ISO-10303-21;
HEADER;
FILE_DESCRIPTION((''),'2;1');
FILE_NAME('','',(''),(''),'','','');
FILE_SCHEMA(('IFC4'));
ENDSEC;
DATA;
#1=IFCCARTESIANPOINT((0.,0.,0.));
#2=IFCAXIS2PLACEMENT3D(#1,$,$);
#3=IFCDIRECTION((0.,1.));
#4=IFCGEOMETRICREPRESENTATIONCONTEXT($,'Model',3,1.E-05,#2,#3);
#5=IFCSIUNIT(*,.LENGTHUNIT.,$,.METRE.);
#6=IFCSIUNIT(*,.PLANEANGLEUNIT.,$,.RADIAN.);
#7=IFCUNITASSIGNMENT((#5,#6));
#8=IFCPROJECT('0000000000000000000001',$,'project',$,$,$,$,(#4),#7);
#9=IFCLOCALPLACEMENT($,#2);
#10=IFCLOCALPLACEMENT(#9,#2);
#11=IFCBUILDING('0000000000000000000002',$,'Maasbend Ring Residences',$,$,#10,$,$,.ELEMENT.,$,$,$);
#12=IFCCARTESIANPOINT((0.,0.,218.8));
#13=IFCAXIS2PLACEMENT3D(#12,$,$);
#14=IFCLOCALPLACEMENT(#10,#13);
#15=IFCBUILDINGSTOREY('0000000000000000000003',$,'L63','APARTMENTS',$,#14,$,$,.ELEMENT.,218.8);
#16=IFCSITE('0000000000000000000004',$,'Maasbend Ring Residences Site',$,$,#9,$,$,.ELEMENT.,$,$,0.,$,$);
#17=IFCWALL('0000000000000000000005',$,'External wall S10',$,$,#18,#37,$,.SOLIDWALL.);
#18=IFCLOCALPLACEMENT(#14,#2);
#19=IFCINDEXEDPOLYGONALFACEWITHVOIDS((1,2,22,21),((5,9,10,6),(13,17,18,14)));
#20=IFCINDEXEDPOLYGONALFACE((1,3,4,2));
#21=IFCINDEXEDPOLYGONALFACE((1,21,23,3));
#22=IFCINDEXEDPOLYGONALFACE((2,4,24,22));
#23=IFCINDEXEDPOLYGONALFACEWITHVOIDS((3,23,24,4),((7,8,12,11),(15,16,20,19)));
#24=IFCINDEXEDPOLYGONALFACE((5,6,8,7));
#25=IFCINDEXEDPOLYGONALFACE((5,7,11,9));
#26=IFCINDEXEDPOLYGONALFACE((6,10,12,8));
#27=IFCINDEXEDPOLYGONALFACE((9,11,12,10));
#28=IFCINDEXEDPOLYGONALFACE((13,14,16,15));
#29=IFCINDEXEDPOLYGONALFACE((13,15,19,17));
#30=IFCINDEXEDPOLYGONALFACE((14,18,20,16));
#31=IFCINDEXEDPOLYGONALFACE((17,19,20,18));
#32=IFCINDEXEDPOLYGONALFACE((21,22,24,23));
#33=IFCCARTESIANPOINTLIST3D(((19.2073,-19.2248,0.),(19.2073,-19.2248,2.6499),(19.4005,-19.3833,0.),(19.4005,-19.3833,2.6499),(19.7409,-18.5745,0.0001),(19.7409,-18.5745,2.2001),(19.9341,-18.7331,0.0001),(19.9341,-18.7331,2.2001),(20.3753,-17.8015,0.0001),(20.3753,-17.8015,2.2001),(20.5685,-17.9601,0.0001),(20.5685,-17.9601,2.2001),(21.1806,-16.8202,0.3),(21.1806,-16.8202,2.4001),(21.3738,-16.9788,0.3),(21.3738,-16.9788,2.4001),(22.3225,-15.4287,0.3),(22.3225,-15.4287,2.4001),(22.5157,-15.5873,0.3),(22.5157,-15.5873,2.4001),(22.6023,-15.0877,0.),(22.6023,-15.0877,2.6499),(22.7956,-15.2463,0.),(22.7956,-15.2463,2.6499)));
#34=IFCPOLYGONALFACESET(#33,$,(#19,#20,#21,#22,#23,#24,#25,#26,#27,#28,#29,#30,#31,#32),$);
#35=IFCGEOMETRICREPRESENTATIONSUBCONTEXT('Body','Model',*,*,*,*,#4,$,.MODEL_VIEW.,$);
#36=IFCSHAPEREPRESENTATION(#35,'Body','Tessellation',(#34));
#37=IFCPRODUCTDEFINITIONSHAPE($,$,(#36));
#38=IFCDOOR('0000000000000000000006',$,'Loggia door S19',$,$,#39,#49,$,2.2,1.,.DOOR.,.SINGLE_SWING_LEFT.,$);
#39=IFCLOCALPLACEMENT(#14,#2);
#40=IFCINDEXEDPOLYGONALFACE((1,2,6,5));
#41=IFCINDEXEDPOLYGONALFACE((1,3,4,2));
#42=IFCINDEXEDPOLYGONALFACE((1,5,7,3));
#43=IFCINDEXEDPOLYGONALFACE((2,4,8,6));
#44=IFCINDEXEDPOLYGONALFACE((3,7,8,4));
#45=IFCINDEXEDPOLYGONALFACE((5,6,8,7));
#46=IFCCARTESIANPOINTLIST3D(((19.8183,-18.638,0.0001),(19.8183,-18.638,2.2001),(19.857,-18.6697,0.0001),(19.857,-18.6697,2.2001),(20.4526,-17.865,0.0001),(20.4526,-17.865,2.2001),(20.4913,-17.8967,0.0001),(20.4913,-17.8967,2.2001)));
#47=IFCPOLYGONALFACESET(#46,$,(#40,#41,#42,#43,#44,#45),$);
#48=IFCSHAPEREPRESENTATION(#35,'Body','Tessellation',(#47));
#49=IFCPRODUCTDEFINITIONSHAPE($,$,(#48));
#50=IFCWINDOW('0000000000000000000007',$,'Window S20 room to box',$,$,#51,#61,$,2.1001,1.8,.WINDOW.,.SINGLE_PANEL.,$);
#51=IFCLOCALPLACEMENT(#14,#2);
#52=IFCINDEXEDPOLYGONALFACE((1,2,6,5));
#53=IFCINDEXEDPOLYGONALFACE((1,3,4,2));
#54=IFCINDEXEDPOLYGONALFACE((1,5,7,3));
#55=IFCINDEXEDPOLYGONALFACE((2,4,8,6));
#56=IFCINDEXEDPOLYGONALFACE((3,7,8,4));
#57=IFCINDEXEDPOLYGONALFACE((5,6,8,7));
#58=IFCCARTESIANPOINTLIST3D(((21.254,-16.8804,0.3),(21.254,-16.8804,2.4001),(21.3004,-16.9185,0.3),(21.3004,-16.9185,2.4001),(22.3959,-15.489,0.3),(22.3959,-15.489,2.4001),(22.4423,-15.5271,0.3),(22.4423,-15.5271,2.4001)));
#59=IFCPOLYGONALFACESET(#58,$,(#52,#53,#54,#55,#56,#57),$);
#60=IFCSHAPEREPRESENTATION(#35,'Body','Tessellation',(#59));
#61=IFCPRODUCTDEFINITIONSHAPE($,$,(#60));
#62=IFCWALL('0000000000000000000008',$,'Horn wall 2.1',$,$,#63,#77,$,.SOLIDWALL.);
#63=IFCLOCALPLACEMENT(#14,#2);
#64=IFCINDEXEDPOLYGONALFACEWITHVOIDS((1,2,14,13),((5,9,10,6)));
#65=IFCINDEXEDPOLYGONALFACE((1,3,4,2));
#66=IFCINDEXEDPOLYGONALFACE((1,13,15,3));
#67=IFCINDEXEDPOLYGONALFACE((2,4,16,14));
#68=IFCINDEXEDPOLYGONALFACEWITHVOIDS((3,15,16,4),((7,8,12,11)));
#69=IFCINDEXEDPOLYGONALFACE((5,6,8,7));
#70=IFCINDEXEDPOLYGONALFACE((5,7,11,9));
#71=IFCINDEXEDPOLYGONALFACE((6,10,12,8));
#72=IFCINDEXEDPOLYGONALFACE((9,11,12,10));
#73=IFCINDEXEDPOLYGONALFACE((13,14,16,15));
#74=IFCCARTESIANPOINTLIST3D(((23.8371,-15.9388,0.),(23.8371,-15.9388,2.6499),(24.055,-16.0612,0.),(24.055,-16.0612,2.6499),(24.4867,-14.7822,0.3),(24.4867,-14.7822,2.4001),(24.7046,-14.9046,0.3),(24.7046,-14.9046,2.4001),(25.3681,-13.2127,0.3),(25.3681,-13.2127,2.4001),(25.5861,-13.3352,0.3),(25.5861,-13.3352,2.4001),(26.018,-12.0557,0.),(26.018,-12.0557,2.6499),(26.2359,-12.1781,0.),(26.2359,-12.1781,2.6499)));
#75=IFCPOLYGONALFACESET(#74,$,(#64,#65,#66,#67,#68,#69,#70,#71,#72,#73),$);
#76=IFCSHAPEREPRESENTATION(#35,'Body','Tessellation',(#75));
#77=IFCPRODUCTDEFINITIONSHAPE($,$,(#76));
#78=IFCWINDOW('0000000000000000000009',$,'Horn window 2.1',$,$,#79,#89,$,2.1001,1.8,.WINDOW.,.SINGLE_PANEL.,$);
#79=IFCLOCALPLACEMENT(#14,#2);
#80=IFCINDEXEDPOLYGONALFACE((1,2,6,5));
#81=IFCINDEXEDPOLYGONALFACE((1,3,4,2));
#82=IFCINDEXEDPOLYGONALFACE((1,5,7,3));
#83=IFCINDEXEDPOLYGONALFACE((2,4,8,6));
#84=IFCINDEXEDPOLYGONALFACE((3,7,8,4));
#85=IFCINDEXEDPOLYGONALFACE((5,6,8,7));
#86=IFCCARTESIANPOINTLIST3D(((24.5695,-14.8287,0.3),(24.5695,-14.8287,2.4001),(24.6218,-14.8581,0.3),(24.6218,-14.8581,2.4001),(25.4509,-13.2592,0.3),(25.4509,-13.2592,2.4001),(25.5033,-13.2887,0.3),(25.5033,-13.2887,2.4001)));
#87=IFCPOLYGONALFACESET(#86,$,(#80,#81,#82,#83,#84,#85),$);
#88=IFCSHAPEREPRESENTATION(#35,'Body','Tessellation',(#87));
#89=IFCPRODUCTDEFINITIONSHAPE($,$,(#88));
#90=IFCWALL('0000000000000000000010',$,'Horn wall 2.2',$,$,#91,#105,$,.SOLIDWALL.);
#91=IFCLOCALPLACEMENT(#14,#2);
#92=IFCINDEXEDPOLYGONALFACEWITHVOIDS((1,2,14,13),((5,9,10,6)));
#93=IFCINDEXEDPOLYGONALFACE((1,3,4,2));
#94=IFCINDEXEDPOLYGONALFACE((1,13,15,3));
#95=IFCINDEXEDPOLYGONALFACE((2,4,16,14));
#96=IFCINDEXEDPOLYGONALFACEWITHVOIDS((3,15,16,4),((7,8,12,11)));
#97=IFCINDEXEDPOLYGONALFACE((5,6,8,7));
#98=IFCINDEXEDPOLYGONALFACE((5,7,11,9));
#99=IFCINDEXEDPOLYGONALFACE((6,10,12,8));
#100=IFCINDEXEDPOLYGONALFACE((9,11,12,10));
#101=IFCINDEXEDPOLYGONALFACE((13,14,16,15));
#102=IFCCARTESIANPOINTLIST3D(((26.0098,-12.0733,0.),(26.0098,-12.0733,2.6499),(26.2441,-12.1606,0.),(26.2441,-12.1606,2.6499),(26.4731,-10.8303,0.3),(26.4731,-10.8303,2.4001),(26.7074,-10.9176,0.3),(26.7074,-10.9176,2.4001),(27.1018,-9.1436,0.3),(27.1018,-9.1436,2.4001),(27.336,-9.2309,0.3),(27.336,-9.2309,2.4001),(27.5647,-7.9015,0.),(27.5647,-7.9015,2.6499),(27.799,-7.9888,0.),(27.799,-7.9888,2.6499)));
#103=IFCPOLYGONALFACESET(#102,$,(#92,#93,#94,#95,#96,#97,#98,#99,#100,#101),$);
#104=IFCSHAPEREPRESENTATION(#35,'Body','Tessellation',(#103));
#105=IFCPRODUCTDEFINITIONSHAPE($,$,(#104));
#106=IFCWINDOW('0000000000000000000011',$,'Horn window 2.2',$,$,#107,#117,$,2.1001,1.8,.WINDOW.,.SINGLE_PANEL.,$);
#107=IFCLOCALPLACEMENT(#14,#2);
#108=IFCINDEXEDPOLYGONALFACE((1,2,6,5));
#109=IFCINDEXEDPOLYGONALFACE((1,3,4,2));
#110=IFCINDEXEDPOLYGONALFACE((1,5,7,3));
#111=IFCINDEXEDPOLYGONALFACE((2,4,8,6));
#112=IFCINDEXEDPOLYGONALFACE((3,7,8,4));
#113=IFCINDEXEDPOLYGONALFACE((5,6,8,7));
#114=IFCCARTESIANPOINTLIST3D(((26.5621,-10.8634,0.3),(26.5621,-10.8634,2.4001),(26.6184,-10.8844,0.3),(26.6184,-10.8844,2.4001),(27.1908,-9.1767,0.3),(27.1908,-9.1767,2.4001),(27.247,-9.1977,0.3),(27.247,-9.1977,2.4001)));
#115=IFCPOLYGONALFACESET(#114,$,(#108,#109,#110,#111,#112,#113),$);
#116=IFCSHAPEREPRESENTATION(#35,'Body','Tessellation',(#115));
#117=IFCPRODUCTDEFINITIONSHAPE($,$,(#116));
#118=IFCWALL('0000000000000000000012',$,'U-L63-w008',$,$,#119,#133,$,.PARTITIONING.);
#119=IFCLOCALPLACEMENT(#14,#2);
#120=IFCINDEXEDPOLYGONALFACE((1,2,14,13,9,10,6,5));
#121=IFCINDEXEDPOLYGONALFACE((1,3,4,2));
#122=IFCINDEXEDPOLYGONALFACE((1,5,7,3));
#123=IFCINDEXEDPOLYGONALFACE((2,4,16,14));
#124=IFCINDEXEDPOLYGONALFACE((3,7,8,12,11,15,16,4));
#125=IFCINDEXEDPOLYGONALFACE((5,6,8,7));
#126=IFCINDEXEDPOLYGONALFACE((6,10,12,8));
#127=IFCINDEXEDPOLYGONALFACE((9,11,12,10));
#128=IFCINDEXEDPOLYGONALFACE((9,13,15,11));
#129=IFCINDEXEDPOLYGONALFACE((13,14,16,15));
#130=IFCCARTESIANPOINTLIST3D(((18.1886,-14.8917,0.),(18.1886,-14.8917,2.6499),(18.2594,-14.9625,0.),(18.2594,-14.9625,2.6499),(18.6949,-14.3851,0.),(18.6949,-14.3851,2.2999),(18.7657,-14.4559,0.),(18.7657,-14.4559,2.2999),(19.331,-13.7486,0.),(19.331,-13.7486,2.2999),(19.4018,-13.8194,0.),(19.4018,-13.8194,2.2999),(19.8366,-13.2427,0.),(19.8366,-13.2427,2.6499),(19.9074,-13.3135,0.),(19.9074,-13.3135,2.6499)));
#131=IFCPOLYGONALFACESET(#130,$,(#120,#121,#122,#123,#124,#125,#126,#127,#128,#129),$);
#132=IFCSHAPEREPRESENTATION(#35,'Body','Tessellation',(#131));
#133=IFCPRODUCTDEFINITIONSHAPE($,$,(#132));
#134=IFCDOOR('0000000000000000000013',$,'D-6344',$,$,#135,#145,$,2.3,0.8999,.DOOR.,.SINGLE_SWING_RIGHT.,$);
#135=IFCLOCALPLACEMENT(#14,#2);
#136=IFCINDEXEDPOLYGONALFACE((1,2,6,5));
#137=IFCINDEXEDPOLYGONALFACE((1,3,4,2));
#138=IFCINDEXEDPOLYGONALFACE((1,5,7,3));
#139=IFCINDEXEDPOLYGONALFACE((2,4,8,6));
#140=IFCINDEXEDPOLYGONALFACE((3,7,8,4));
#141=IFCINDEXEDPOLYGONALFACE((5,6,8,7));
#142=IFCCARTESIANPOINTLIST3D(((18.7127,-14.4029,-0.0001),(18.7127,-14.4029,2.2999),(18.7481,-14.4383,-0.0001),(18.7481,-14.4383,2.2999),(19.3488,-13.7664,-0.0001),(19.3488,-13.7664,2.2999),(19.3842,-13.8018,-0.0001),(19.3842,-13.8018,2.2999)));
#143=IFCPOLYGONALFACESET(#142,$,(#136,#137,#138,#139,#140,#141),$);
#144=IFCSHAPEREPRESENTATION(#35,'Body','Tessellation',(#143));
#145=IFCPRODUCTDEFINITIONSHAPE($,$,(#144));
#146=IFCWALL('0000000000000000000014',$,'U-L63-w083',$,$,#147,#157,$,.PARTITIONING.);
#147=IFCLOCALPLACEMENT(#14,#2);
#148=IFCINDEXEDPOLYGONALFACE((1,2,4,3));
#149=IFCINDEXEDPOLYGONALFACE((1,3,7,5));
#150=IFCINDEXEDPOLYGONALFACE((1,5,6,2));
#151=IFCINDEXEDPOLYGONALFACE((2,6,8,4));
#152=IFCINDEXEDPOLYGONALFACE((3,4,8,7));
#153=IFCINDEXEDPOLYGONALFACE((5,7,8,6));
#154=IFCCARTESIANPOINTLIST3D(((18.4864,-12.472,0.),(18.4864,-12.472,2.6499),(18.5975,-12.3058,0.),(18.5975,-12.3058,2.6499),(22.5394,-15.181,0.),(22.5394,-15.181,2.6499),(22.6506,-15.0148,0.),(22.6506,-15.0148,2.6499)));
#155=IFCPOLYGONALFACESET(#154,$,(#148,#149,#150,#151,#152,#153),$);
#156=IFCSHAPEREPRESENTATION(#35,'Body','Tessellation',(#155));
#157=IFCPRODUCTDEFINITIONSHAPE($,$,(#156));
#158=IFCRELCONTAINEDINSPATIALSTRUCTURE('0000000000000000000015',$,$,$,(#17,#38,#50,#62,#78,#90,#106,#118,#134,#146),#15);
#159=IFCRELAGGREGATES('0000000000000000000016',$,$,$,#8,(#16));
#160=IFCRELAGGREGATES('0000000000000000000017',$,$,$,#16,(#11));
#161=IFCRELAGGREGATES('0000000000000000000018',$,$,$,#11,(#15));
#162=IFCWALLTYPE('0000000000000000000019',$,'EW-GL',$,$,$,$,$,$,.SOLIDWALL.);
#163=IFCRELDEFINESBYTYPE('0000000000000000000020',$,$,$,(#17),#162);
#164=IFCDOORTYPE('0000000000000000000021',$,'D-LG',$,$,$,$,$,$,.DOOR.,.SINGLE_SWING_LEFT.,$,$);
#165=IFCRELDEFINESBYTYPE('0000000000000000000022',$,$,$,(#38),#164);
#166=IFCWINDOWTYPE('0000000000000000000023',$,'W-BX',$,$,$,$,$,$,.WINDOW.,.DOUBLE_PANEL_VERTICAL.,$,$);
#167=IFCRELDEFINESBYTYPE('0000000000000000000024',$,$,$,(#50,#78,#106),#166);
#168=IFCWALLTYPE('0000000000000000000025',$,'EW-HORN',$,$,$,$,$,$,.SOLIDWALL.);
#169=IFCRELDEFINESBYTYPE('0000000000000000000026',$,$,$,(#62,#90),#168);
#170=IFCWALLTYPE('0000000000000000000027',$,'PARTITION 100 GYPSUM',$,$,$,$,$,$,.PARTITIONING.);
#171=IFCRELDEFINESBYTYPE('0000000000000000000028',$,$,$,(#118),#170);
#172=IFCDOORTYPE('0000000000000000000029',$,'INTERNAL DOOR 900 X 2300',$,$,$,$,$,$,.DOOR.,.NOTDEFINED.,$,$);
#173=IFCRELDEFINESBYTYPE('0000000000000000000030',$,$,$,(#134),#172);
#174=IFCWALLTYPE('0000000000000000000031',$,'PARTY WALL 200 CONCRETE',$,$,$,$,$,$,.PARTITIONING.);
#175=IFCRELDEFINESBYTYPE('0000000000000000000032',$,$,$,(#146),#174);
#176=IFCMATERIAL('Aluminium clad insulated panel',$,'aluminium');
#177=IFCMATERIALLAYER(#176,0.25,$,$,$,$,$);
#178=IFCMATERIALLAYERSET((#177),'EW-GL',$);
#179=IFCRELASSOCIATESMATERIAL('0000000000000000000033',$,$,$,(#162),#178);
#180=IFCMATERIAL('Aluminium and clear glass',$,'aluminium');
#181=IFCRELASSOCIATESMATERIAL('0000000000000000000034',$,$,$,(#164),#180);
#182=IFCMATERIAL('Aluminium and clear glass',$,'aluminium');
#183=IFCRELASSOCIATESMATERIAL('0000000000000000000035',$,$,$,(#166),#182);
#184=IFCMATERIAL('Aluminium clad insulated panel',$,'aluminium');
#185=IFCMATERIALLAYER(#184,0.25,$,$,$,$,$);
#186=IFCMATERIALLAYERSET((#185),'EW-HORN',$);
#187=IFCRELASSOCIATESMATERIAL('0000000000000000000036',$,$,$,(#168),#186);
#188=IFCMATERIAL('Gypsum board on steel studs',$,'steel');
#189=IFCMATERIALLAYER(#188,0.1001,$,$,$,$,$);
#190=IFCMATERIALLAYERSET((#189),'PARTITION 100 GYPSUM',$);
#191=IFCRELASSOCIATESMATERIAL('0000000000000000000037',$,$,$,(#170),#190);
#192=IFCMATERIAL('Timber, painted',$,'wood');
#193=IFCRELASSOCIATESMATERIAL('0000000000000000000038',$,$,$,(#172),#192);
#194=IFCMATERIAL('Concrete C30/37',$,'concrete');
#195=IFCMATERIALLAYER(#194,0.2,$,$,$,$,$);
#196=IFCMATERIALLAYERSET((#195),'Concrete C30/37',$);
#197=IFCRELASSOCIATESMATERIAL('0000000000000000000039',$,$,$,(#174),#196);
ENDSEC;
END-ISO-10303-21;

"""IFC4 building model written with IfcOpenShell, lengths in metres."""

from ifc_helpers import new_model, si_unit, direction, frame, frame_2d, origin, place, context, subcontext, project, spatial, rectangle, extrude, material, layer, layer_set, type_object, element, fill, save


model = new_model("IFC4")

# Units and contexts
model_context = context("Model", 3, precision=1e-05, world=origin(), true_north=direction((0.0, 1.0)))
body_context = subcontext(model_context, "Body", "Model", "MODEL_VIEW")
ifc_project = project(units=[si_unit("LENGTHUNIT", "METRE"), si_unit("PLANEANGLEUNIT", "RADIAN")], contexts=[model_context])

# Site, building, storey
site_placement = place(None, origin())
site = spatial("IfcSite", under=ifc_project, at=site_placement, Name="Maasbend Ring Residences Site", CompositionType="ELEMENT", RefElevation=0.0)
building_placement = place(site_placement, origin())
building = spatial("IfcBuilding", under=site, at=building_placement, Name="Maasbend Ring Residences", CompositionType="ELEMENT")
storey_placement = place(building_placement, frame((0.0, 0.0, 218.8)))
storey = spatial("IfcBuildingStorey", under=building, at=storey_placement, Name="L63", Description="APARTMENTS", CompositionType="ELEMENT", Elevation=218.8)

# Wall, openings, door, window
ifc_material_1 = material(Name="Aluminium clad insulated panel", Category="aluminium")
ifc_layer_1 = layer(ifc_material_1, 0.25)
ifc_layer_set_1 = layer_set([ifc_layer_1], Name="EW-GL")
wall_type_1 = type_object("IfcWallType", Name="EW-GL", PredefinedType="SOLIDWALL", material=ifc_layer_set_1)
wall_1_placement = place(storey_placement, frame((19.304, -19.304, 0.0), z_axis=(0.0, 0.0, 1.0), x_axis=(0.634382, 0.773019, 0.0)))
wall_1 = element("IfcWall", 1, at=wall_1_placement, inside=storey, type_object=wall_type_1, Name="External wall S10", PredefinedType="SOLIDWALL", context=body_context, shape_type="SweptSolid", body=[
    extrude(rectangle(XDim=5.3518, YDim=0.25, at=frame_2d((2.6758, 0.0))), origin(), (0.0, 0.0, 1.0), 2.6499),
])
opening_1_placement = place(wall_1_placement, frame((0.8411, 0.0, 0.0)))
opening_1 = element("IfcOpeningElement", 2, at=opening_1_placement, cuts=wall_1, PredefinedType="OPENING", context=body_context, shape_type="SweptSolid", body=[
    extrude(rectangle(XDim=1.0, YDim=2.2, at=frame_2d((0.5, 1.1001))), frame((0.0, 0.135, 0.0), z_axis=(0.0, -1.0, 0.0), x_axis=(1.0, 0.0, 0.0)), (0.0, 0.0, 1.0), 0.27),
])
opening_2_placement = place(wall_1_placement, frame((3.1106, 0.0, 0.3)))
opening_2 = element("IfcOpeningElement", 3, at=opening_2_placement, cuts=wall_1, PredefinedType="OPENING", context=body_context, shape_type="SweptSolid", body=[
    extrude(rectangle(XDim=1.8, YDim=2.1001, at=frame_2d((0.8999, 1.05))), frame((0.0, 0.135, 0.0), z_axis=(0.0, -1.0, 0.0), x_axis=(1.0, 0.0, 0.0)), (0.0, 0.0, 1.0), 0.27),
])
ifc_material_2 = material(Name="Aluminium and clear glass", Category="aluminium")
door_type_1 = type_object("IfcDoorType", Name="D-LG", OperationType="SINGLE_SWING_LEFT", PredefinedType="DOOR", material=ifc_material_2)
door_1_placement = place(opening_1_placement, origin())
door_1 = element("IfcDoor", 4, at=door_1_placement, inside=storey, type_object=door_type_1, Name="Loggia door S19", OperationType="SINGLE_SWING_LEFT", OverallHeight=2.2, OverallWidth=1.0, PredefinedType="DOOR", context=body_context, shape_type="SweptSolid", body=[
    extrude(rectangle(XDim=1.0, YDim=2.2, at=frame_2d((0.5, 1.1001))), frame((0.0, 0.0249, 0.0), z_axis=(0.0, -1.0, 0.0), x_axis=(1.0, 0.0, 0.0)), (0.0, 0.0, 1.0), 0.05),
])
fill(opening_1, door_1)
ifc_material_3 = material(Name="Aluminium and clear glass", Category="aluminium")
window_type_1 = type_object("IfcWindowType", Name="W-BX", PartitioningType="DOUBLE_PANEL_VERTICAL", PredefinedType="WINDOW", material=ifc_material_3)
window_1_placement = place(opening_2_placement, origin())
window_1 = element("IfcWindow", 5, at=window_1_placement, inside=storey, type_object=window_type_1, Name="Window S20 room to box", OverallHeight=2.1001, OverallWidth=1.8, PartitioningType="SINGLE_PANEL", PredefinedType="WINDOW", context=body_context, shape_type="SweptSolid", body=[
    extrude(rectangle(XDim=1.8, YDim=2.1001, at=frame_2d((0.8999, 1.05))), frame((0.0, 0.03, 0.0), z_axis=(0.0, -1.0, 0.0), x_axis=(1.0, 0.0, 0.0)), (0.0, 0.0, 1.0), 0.0601),
])
fill(opening_2, window_1)

# Walls, openings, windows
ifc_material_4 = material(Name="Aluminium clad insulated panel", Category="aluminium")
ifc_layer_2 = layer(ifc_material_4, 0.25)
ifc_layer_set_2 = layer_set([ifc_layer_2], Name="EW-HORN")
wall_type_2 = type_object("IfcWallType", Name="EW-HORN", PredefinedType="SOLIDWALL", material=ifc_layer_set_2)
wall_2_placement = place(storey_placement, frame((23.946, -16.0, 0.0), z_axis=(0.0, 0.0, 1.0), x_axis=(0.489696, 0.871893, 0.0)))
wall_2 = element("IfcWall", 6, at=wall_2_placement, inside=storey, type_object=wall_type_2, Name="Horn wall 2.1", PredefinedType="SOLIDWALL", context=body_context, shape_type="SweptSolid", body=[
    extrude(rectangle(XDim=4.4536, YDim=0.25, at=frame_2d((2.2268, 0.0))), origin(), (0.0, 0.0, 1.0), 2.6499),
])
opening_3_placement = place(wall_2_placement, frame((1.3267, 0.0, 0.3)))
opening_3 = element("IfcOpeningElement", 7, at=opening_3_placement, cuts=wall_2, PredefinedType="OPENING", context=body_context, shape_type="SweptSolid", body=[
    extrude(rectangle(XDim=1.8, YDim=2.1001, at=frame_2d((0.8999, 1.05))), frame((0.0, 0.135, 0.0), z_axis=(0.0, -1.0, 0.0), x_axis=(1.0, 0.0, 0.0)), (0.0, 0.0, 1.0), 0.27),
])
window_2_placement = place(opening_3_placement, origin())
window_2 = element("IfcWindow", 8, at=window_2_placement, inside=storey, type_object=window_type_1, Name="Horn window 2.1", OverallHeight=2.1001, OverallWidth=1.8, PartitioningType="SINGLE_PANEL", PredefinedType="WINDOW", context=body_context, shape_type="SweptSolid", body=[
    extrude(rectangle(XDim=1.8, YDim=2.1001, at=frame_2d((0.8999, 1.05))), frame((0.0, 0.03, 0.0), z_axis=(0.0, -1.0, 0.0), x_axis=(1.0, 0.0, 0.0)), (0.0, 0.0, 1.0), 0.0601),
])
fill(opening_3, window_2)
wall_3_placement = place(storey_placement, frame((26.127, -12.1169, 0.0), z_axis=(0.0, 0.0, 1.0), x_axis=(0.349248, 0.93703, 0.0)))
wall_3 = element("IfcWall", 9, at=wall_3_placement, inside=storey, type_object=wall_type_2, Name="Horn wall 2.2", PredefinedType="SOLIDWALL", context=body_context, shape_type="SweptSolid", body=[
    extrude(rectangle(XDim=4.4521, YDim=0.25, at=frame_2d((2.2261, 0.0))), origin(), (0.0, 0.0, 1.0), 2.6499),
])
opening_4_placement = place(wall_3_placement, frame((1.3267, 0.0, 0.3)))
opening_4 = element("IfcOpeningElement", 10, at=opening_4_placement, cuts=wall_3, PredefinedType="OPENING", context=body_context, shape_type="SweptSolid", body=[
    extrude(rectangle(XDim=1.8, YDim=2.1001, at=frame_2d((0.8999, 1.05))), frame((0.0, 0.135, 0.0), z_axis=(0.0, -1.0, 0.0), x_axis=(1.0, 0.0, 0.0)), (0.0, 0.0, 1.0), 0.27),
])
window_3_placement = place(opening_4_placement, origin())
window_3 = element("IfcWindow", 11, at=window_3_placement, inside=storey, type_object=window_type_1, Name="Horn window 2.2", OverallHeight=2.1001, OverallWidth=1.8, PartitioningType="SINGLE_PANEL", PredefinedType="WINDOW", context=body_context, shape_type="SweptSolid", body=[
    extrude(rectangle(XDim=1.8, YDim=2.1001, at=frame_2d((0.8999, 1.05))), frame((0.0, 0.03, 0.0), z_axis=(0.0, -1.0, 0.0), x_axis=(1.0, 0.0, 0.0)), (0.0, 0.0, 1.0), 0.0601),
])
fill(opening_4, window_3)

# Wall, opening, door
ifc_material_5 = material(Name="Gypsum board on steel studs", Category="steel")
ifc_layer_3 = layer(ifc_material_5, 0.1001)
ifc_layer_set_3 = layer_set([ifc_layer_3], Name="PARTITION 100 GYPSUM")
wall_type_3 = type_object("IfcWallType", Name="PARTITION 100 GYPSUM", PredefinedType="PARTITIONING", material=ifc_layer_set_3)
wall_4_placement = place(storey_placement, frame((18.2241, -14.927, 0.0), z_axis=(0.0, 0.0, 1.0), x_axis=(0.706897, 0.707316, 0.0)))
wall_4 = element("IfcWall", 12, at=wall_4_placement, inside=storey, type_object=wall_type_3, Name="U-L63-w008", PredefinedType="PARTITIONING", context=body_context, shape_type="SweptSolid", body=[
    extrude(rectangle(XDim=2.3313, YDim=0.1001, at=frame_2d((1.1655, 0.0))), origin(), (0.0, 0.0, 1.0), 2.6499),
])
opening_5_placement = place(wall_4_placement, frame((0.7161, 0.0, 0.0)))
opening_5 = element("IfcOpeningElement", 13, at=opening_5_placement, cuts=wall_4, PredefinedType="OPENING", context=body_context, shape_type="SweptSolid", body=[
    extrude(rectangle(XDim=0.8999, YDim=2.3, at=frame_2d((0.45, 1.1499))), frame((0.0, 0.0601, 0.0), z_axis=(0.0, -1.0, 0.0), x_axis=(1.0, 0.0, 0.0)), (0.0, 0.0, 1.0), 0.1201),
])
ifc_material_6 = material(Name="Timber, painted", Category="wood")
door_type_2 = type_object("IfcDoorType", Name="INTERNAL DOOR 900 X 2300", OperationType="NOTDEFINED", PredefinedType="DOOR", material=ifc_material_6)
door_2_placement = place(opening_5_placement, origin())
door_2 = element("IfcDoor", 14, at=door_2_placement, inside=storey, type_object=door_type_2, Name="D-6344", OperationType="SINGLE_SWING_RIGHT", OverallHeight=2.3, OverallWidth=0.8999, PredefinedType="DOOR", context=body_context, shape_type="SweptSolid", body=[
    extrude(rectangle(XDim=0.8999, YDim=2.3, at=frame_2d((0.45, 1.1499))), frame((0.0, 0.0249, 0.0), z_axis=(0.0, -1.0, 0.0), x_axis=(1.0, 0.0, 0.0)), (0.0, 0.0, 1.0), 0.05),
])
fill(opening_5, door_2)

# Wall
ifc_material_7 = material(Name="Concrete C30/37", Category="concrete")
ifc_layer_4 = layer(ifc_material_7, 0.2)
ifc_layer_set_4 = layer_set([ifc_layer_4], Name="Concrete C30/37")
wall_type_4 = type_object("IfcWallType", Name="PARTY WALL 200 CONCRETE", PredefinedType="PARTITIONING", material=ifc_layer_set_4)
wall_5_placement = place(storey_placement, frame((18.542, -12.3889, 0.0), z_axis=(0.0, 0.0, 1.0), x_axis=(0.831387, -0.555694, 0.0)))
element("IfcWall", 15, at=wall_5_placement, inside=storey, type_object=wall_type_4, Name="U-L63-w083", PredefinedType="PARTITIONING", context=body_context, shape_type="SweptSolid", body=[
    extrude(rectangle(XDim=4.875, YDim=0.2, at=frame_2d((2.4375, 0.0))), origin(), (0.0, 0.0, 1.0), 2.6499),
])

save(model, "model.ifc")
